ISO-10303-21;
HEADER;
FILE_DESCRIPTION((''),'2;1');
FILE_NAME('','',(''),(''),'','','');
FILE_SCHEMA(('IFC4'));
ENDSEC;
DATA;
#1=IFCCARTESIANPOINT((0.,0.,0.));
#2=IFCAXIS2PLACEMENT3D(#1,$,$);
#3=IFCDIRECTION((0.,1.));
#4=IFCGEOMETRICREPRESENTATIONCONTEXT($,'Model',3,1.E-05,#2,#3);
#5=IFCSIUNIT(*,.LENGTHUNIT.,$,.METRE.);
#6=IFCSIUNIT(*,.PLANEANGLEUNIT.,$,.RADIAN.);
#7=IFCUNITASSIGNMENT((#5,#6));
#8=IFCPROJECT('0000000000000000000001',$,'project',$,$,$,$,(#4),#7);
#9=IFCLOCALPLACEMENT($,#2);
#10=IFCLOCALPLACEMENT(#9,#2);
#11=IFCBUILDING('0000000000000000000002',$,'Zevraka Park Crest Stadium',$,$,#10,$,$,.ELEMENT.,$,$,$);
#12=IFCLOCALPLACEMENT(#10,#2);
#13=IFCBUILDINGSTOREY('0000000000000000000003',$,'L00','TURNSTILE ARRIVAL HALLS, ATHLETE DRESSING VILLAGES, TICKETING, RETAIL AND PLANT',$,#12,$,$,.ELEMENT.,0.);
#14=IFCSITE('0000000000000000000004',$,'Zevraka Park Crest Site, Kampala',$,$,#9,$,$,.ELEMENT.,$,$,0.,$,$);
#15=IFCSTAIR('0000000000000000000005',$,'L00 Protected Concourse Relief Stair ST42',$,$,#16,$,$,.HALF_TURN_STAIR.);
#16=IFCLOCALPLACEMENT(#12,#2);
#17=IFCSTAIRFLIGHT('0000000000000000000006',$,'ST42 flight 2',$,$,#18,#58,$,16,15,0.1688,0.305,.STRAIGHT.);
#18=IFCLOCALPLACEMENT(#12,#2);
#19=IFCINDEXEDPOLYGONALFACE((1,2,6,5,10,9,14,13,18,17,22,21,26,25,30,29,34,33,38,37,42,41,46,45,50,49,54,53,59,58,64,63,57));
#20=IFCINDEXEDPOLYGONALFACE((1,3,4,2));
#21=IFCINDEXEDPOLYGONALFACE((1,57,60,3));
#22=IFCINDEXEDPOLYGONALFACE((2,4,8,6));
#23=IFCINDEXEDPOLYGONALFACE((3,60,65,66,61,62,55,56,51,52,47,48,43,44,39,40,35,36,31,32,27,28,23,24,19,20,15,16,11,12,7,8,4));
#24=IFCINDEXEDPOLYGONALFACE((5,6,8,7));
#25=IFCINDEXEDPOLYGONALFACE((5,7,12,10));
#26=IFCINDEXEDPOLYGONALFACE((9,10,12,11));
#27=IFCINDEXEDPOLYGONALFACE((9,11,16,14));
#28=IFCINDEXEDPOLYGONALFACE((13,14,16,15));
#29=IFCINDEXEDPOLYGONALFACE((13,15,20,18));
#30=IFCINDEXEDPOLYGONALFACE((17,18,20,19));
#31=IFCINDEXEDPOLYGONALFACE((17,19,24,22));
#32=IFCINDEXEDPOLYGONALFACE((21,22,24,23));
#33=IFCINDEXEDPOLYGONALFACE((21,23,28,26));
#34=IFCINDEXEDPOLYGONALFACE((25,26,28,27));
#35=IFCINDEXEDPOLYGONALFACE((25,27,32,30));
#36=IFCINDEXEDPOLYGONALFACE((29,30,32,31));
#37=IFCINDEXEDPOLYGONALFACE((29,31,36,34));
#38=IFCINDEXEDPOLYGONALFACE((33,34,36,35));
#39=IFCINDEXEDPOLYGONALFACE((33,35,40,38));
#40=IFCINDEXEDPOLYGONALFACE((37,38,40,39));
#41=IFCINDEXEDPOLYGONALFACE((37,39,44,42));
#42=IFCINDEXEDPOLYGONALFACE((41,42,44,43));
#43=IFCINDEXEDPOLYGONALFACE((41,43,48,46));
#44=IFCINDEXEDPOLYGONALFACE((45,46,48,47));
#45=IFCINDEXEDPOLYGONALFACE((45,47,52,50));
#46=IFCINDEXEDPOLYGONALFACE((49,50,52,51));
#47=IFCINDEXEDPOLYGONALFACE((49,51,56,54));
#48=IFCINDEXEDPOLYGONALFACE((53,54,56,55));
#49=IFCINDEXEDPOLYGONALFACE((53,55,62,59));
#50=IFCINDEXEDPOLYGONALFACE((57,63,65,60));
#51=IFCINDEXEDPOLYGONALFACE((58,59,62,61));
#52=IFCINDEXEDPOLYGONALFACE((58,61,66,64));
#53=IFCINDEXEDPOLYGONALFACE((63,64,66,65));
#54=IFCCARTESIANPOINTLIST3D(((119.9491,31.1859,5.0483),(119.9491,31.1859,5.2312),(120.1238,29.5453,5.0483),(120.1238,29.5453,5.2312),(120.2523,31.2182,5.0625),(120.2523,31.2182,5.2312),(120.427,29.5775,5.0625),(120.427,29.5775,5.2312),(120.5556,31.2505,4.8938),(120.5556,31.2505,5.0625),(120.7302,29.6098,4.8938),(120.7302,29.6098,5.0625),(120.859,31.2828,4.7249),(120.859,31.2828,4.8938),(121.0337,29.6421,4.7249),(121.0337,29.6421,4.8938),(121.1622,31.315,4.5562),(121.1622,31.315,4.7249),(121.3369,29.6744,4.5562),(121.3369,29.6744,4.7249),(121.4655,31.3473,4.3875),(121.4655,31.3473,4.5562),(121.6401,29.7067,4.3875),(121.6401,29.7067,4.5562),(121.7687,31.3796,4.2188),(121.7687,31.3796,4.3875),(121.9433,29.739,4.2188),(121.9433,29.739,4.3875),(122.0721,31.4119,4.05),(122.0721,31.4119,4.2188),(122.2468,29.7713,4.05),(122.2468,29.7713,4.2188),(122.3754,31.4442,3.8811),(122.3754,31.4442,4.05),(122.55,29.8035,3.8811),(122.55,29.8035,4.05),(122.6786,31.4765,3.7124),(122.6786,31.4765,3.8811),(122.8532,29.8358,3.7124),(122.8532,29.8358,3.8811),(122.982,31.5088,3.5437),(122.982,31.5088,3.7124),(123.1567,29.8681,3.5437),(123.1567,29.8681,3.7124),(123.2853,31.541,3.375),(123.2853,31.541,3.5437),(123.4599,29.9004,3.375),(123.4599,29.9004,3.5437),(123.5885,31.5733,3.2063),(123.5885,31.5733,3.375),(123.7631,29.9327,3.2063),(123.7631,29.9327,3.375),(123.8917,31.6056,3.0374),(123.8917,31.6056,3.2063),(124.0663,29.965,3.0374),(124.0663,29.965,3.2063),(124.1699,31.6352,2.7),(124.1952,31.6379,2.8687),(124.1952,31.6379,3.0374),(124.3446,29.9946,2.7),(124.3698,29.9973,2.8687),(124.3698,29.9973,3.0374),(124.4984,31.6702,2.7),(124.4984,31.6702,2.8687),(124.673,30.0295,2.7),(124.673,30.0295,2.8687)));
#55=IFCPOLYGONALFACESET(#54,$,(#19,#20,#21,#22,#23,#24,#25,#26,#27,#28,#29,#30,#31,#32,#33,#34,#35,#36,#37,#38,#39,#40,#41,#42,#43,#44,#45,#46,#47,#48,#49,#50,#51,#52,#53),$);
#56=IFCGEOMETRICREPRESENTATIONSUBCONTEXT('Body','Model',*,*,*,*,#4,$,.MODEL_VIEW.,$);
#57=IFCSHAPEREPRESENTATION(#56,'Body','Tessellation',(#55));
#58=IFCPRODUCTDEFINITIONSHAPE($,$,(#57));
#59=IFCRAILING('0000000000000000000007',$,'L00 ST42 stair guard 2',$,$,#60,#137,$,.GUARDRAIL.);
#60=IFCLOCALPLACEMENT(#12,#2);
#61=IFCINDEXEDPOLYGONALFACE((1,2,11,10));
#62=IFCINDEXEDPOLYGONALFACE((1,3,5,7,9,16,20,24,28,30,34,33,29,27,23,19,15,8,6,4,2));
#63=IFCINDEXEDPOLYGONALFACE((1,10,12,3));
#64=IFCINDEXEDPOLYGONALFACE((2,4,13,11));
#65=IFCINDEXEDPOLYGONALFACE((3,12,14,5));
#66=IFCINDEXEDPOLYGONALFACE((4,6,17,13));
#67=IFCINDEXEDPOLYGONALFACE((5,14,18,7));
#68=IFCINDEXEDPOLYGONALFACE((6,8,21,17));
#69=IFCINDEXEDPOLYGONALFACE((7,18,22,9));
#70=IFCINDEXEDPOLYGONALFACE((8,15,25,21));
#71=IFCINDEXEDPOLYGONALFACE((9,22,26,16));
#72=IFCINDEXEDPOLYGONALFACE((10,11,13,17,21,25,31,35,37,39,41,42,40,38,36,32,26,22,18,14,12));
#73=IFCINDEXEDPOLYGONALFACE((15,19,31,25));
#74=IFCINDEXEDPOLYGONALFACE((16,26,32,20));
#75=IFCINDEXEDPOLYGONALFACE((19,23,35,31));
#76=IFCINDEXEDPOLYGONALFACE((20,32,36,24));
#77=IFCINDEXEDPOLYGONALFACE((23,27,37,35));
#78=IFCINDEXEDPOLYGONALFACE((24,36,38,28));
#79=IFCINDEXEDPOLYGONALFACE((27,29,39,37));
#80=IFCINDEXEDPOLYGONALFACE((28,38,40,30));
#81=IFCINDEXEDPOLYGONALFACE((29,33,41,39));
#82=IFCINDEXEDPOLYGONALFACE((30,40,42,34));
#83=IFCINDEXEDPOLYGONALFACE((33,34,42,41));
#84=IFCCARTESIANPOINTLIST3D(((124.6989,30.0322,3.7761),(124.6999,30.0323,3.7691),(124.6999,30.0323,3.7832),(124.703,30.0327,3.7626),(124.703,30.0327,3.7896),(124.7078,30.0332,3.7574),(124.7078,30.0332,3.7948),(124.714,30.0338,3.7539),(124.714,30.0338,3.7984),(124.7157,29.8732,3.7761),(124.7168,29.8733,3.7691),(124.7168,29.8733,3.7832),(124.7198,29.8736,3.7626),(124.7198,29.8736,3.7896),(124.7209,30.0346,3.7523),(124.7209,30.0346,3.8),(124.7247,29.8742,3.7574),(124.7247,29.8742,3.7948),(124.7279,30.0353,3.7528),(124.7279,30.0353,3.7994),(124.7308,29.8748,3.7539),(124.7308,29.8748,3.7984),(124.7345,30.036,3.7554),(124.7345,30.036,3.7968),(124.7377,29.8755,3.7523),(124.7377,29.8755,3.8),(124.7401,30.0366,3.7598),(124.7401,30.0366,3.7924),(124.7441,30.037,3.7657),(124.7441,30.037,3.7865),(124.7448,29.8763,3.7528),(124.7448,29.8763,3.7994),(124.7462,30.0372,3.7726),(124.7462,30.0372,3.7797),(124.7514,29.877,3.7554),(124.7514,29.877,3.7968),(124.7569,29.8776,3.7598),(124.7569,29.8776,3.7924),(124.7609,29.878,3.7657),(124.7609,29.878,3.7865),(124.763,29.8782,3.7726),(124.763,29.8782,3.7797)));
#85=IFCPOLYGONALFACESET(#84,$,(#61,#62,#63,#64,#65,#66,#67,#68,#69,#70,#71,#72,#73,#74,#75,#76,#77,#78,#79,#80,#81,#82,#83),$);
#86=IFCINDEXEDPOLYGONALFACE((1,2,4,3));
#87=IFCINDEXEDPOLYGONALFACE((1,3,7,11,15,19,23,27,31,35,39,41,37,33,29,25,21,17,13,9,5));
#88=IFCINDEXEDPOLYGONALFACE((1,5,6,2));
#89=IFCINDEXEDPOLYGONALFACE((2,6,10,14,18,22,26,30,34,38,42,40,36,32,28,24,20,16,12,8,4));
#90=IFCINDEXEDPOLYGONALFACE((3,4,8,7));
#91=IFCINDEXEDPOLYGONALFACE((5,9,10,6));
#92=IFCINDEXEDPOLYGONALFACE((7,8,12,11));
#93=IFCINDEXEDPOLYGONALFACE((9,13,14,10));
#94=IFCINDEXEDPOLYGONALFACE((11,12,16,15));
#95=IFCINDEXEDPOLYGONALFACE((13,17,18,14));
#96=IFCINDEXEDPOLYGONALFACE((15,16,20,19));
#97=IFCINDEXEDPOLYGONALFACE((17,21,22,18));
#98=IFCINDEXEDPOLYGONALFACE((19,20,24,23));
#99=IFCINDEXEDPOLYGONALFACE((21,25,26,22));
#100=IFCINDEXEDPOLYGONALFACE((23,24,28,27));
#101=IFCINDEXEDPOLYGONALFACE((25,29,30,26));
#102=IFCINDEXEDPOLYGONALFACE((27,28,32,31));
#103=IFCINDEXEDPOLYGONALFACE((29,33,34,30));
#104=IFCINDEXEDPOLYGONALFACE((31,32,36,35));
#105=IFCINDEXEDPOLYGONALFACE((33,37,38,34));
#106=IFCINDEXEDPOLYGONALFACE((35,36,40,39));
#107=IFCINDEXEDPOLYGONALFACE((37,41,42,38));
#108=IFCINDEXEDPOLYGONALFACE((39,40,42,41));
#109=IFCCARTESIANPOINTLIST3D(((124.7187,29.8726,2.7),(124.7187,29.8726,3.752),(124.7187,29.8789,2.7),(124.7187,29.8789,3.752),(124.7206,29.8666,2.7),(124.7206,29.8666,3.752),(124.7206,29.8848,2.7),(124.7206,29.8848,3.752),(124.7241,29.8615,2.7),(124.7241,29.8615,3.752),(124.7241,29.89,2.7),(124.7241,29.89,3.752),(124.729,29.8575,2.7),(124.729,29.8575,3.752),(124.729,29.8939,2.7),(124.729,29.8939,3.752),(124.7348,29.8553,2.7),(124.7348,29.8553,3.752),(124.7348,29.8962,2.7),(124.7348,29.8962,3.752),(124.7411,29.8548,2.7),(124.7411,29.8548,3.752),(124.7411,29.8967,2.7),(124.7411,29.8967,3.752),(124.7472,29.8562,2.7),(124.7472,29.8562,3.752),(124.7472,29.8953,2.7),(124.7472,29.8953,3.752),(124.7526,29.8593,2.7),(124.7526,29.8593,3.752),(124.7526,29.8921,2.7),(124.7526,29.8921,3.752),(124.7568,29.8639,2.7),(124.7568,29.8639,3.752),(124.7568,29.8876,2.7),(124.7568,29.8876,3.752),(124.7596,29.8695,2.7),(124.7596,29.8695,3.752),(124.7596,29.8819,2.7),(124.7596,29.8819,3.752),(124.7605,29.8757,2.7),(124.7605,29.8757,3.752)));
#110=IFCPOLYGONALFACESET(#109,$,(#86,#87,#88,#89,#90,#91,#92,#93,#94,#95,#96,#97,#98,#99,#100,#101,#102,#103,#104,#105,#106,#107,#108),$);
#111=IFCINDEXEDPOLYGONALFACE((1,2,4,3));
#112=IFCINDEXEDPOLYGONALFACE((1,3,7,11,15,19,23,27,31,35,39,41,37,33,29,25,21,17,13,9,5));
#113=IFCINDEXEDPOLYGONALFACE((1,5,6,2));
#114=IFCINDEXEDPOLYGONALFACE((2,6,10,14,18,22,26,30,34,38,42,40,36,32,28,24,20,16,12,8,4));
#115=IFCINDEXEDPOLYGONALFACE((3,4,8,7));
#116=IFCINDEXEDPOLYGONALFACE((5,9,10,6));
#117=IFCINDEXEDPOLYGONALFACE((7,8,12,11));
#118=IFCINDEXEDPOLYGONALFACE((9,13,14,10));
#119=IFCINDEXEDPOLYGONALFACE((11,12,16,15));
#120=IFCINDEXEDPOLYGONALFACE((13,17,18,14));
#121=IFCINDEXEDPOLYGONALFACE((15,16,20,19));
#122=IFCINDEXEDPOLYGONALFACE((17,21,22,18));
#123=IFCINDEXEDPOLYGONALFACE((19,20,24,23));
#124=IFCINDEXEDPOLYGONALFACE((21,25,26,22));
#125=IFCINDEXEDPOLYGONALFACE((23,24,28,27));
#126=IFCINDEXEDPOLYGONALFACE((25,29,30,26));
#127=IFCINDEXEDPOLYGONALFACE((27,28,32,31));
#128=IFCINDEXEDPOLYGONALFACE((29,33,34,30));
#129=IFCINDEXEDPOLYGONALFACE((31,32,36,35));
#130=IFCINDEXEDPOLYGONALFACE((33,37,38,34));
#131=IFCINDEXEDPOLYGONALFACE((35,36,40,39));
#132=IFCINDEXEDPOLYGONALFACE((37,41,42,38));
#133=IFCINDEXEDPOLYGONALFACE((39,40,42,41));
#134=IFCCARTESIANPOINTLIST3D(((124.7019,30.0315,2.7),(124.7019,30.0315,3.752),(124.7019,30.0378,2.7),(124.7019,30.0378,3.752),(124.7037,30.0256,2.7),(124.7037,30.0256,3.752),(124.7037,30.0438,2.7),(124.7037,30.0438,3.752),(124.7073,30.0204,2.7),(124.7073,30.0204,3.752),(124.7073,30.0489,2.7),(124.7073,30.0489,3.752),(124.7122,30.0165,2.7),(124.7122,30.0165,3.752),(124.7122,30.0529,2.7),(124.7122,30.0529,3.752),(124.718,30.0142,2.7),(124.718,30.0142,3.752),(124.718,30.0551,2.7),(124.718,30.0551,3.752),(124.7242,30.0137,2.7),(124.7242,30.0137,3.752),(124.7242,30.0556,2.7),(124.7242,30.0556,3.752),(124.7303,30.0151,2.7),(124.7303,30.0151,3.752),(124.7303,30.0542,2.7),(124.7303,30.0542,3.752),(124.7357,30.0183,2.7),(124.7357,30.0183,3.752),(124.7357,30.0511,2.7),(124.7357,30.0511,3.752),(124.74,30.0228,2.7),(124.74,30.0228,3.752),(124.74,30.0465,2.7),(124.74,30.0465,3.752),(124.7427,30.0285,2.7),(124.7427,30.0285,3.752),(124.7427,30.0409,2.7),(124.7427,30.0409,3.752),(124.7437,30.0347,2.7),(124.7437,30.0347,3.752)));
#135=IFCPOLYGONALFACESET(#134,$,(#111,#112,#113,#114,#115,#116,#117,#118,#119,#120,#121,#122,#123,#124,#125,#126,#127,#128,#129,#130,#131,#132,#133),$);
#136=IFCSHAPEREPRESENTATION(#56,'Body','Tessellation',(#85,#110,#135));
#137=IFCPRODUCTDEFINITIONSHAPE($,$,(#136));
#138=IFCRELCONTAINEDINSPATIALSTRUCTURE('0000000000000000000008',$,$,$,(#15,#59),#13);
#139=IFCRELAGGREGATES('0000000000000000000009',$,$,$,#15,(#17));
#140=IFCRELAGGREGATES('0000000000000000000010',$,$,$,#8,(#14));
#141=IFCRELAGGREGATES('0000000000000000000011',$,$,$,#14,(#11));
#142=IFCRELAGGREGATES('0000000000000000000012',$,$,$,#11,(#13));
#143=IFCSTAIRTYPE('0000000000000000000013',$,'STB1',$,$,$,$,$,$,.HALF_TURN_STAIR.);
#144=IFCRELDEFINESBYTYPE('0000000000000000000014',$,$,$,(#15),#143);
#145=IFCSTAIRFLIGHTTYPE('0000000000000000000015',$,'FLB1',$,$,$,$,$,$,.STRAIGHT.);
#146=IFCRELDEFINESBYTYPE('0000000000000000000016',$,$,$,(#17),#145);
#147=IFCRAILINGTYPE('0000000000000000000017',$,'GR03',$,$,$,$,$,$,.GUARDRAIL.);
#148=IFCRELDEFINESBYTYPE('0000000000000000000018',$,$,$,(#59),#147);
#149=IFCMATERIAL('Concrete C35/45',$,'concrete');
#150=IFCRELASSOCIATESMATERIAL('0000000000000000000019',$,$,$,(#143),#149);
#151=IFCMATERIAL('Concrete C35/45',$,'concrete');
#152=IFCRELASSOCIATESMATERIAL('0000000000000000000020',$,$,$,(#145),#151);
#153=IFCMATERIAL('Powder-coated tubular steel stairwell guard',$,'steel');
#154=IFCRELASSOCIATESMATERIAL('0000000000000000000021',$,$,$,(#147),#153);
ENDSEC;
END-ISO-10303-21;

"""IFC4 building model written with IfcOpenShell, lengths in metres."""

from ifc_helpers import new_model, si_unit, direction, frame, origin, origin_2d, place, context, subcontext, project, spatial, polyline, circle, outline, extrude, material, type_object, element, aggregate, save


model = new_model("IFC4")

# Units and contexts
model_context = context("Model", 3, precision=1e-05, world=origin(), true_north=direction((0.0, 1.0)))
body_context = subcontext(model_context, "Body", "Model", "MODEL_VIEW")
ifc_project = project(units=[si_unit("LENGTHUNIT", "METRE"), si_unit("PLANEANGLEUNIT", "RADIAN")], contexts=[model_context])

# Site, building, storey
site_placement = place(None, origin())
site = spatial("IfcSite", under=ifc_project, at=site_placement, Name="Zevraka Park Crest Site, Kampala", CompositionType="ELEMENT", RefElevation=0.0)
building_placement = place(site_placement, origin())
building = spatial("IfcBuilding", under=site, at=building_placement, Name="Zevraka Park Crest Stadium", CompositionType="ELEMENT")
storey_placement = place(building_placement, origin())
storey = spatial("IfcBuildingStorey", under=building, at=storey_placement, Name="L00", Description="TURNSTILE ARRIVAL HALLS, ATHLETE DRESSING VILLAGES, TICKETING, RETAIL AND PLANT", CompositionType="ELEMENT", Elevation=0.0)

# Stair, stair flight
ifc_material_1 = material(Name="Concrete C35/45", Category="concrete")
stair_type = type_object("IfcStairType", Name="STB1", PredefinedType="HALF_TURN_STAIR", material=ifc_material_1)
stair_placement = place(storey_placement, origin())
stair = element("IfcStair", 1, at=stair_placement, inside=storey, type_object=stair_type, Name="L00 Protected Concourse Relief Stair ST42", PredefinedType="HALF_TURN_STAIR")
ifc_material_2 = material(Name="Concrete C35/45", Category="concrete")
stair_flight_type = type_object("IfcStairFlightType", Name="FLB1", PredefinedType="STRAIGHT", material=ifc_material_2)
stair_flight_1_placement = place(storey_placement, frame((124.5857, 30.8499, 2.7), z_axis=(0.0, 0.0, 1.0), x_axis=(-0.994382, -0.105853, 0.0)))
stair_flight_1 = element("IfcStairFlight", 2, at=stair_flight_1_placement, type_object=stair_flight_type, Name="ST42 flight 2", NumberOfRisers=16, NumberOfTreads=15, PredefinedType="STRAIGHT", RiserHeight=0.1688, TreadLength=0.305, context=body_context, shape_type="SweptSolid", body=[
    extrude(outline(polyline([(0.0, 0.0), (0.0, 0.1687), (0.3049, 0.1687), (0.3049, 0.3374), (0.6101, 0.3374), (0.6101, 0.5063), (0.915, 0.5063), (0.915, 0.675), (1.22, 0.675), (1.22, 0.8438), (1.5249, 0.8438), (1.5249, 1.0125), (1.8301, 1.0125), (1.8301, 1.1812), (2.135, 1.1812), (2.135, 1.3501), (2.4399, 1.3501), (2.4399, 1.5188), (2.7451, 1.5188), (2.7451, 1.6875), (3.05, 1.6875), (3.05, 1.8562), (3.355, 1.8562), (3.355, 2.0249), (3.6599, 2.0249), (3.6599, 2.1938), (3.9651, 2.1938), (3.9651, 2.3625), (4.27, 2.3625), (4.27, 2.5312), (4.575, 2.5312), (4.575, 2.7), (4.575, 2.3484), (0.3303, 0.0), (0.0, 0.0)])), frame((0.0, 0.825, 0.0), z_axis=(0.0, -1.0, 0.0), x_axis=(1.0, 0.0, 0.0)), (0.0, 0.0, 1.0), 1.6499),
])
aggregate(stair, [stair_flight_1])

# Railing
ifc_material_3 = material(Name="Powder-coated tubular steel stairwell guard", Category="steel")
railing_type_1 = type_object("IfcRailingType", Name="GR03", PredefinedType="GUARDRAIL", material=ifc_material_3)
railing_1_placement = place(storey_placement, frame((124.7395, 29.8757, 2.7)))
element("IfcRailing", 3, at=railing_1_placement, inside=storey, type_object=railing_type_1, Name="L00 ST42 stair guard 2", PredefinedType="GUARDRAIL", context=body_context, shape_type="SweptSolid", body=[
    extrude(circle(Radius=0.0239, at=origin_2d()), frame((0.0, 0.0, 1.0762), z_axis=(-0.1054, 0.99443, 0.0), x_axis=(-0.99443, -0.1054, 0.0)), (0.0, 0.0, 1.0), 0.1599),
    extrude(circle(Radius=0.021, at=origin_2d()), origin(), (0.0, 0.0, 1.0), 1.052),
    extrude(circle(Radius=0.021, at=origin_2d()), frame((-0.0168, 0.1589, 0.0)), (0.0, 0.0, 1.0), 1.052),
])

save(model, "model.ifc")
